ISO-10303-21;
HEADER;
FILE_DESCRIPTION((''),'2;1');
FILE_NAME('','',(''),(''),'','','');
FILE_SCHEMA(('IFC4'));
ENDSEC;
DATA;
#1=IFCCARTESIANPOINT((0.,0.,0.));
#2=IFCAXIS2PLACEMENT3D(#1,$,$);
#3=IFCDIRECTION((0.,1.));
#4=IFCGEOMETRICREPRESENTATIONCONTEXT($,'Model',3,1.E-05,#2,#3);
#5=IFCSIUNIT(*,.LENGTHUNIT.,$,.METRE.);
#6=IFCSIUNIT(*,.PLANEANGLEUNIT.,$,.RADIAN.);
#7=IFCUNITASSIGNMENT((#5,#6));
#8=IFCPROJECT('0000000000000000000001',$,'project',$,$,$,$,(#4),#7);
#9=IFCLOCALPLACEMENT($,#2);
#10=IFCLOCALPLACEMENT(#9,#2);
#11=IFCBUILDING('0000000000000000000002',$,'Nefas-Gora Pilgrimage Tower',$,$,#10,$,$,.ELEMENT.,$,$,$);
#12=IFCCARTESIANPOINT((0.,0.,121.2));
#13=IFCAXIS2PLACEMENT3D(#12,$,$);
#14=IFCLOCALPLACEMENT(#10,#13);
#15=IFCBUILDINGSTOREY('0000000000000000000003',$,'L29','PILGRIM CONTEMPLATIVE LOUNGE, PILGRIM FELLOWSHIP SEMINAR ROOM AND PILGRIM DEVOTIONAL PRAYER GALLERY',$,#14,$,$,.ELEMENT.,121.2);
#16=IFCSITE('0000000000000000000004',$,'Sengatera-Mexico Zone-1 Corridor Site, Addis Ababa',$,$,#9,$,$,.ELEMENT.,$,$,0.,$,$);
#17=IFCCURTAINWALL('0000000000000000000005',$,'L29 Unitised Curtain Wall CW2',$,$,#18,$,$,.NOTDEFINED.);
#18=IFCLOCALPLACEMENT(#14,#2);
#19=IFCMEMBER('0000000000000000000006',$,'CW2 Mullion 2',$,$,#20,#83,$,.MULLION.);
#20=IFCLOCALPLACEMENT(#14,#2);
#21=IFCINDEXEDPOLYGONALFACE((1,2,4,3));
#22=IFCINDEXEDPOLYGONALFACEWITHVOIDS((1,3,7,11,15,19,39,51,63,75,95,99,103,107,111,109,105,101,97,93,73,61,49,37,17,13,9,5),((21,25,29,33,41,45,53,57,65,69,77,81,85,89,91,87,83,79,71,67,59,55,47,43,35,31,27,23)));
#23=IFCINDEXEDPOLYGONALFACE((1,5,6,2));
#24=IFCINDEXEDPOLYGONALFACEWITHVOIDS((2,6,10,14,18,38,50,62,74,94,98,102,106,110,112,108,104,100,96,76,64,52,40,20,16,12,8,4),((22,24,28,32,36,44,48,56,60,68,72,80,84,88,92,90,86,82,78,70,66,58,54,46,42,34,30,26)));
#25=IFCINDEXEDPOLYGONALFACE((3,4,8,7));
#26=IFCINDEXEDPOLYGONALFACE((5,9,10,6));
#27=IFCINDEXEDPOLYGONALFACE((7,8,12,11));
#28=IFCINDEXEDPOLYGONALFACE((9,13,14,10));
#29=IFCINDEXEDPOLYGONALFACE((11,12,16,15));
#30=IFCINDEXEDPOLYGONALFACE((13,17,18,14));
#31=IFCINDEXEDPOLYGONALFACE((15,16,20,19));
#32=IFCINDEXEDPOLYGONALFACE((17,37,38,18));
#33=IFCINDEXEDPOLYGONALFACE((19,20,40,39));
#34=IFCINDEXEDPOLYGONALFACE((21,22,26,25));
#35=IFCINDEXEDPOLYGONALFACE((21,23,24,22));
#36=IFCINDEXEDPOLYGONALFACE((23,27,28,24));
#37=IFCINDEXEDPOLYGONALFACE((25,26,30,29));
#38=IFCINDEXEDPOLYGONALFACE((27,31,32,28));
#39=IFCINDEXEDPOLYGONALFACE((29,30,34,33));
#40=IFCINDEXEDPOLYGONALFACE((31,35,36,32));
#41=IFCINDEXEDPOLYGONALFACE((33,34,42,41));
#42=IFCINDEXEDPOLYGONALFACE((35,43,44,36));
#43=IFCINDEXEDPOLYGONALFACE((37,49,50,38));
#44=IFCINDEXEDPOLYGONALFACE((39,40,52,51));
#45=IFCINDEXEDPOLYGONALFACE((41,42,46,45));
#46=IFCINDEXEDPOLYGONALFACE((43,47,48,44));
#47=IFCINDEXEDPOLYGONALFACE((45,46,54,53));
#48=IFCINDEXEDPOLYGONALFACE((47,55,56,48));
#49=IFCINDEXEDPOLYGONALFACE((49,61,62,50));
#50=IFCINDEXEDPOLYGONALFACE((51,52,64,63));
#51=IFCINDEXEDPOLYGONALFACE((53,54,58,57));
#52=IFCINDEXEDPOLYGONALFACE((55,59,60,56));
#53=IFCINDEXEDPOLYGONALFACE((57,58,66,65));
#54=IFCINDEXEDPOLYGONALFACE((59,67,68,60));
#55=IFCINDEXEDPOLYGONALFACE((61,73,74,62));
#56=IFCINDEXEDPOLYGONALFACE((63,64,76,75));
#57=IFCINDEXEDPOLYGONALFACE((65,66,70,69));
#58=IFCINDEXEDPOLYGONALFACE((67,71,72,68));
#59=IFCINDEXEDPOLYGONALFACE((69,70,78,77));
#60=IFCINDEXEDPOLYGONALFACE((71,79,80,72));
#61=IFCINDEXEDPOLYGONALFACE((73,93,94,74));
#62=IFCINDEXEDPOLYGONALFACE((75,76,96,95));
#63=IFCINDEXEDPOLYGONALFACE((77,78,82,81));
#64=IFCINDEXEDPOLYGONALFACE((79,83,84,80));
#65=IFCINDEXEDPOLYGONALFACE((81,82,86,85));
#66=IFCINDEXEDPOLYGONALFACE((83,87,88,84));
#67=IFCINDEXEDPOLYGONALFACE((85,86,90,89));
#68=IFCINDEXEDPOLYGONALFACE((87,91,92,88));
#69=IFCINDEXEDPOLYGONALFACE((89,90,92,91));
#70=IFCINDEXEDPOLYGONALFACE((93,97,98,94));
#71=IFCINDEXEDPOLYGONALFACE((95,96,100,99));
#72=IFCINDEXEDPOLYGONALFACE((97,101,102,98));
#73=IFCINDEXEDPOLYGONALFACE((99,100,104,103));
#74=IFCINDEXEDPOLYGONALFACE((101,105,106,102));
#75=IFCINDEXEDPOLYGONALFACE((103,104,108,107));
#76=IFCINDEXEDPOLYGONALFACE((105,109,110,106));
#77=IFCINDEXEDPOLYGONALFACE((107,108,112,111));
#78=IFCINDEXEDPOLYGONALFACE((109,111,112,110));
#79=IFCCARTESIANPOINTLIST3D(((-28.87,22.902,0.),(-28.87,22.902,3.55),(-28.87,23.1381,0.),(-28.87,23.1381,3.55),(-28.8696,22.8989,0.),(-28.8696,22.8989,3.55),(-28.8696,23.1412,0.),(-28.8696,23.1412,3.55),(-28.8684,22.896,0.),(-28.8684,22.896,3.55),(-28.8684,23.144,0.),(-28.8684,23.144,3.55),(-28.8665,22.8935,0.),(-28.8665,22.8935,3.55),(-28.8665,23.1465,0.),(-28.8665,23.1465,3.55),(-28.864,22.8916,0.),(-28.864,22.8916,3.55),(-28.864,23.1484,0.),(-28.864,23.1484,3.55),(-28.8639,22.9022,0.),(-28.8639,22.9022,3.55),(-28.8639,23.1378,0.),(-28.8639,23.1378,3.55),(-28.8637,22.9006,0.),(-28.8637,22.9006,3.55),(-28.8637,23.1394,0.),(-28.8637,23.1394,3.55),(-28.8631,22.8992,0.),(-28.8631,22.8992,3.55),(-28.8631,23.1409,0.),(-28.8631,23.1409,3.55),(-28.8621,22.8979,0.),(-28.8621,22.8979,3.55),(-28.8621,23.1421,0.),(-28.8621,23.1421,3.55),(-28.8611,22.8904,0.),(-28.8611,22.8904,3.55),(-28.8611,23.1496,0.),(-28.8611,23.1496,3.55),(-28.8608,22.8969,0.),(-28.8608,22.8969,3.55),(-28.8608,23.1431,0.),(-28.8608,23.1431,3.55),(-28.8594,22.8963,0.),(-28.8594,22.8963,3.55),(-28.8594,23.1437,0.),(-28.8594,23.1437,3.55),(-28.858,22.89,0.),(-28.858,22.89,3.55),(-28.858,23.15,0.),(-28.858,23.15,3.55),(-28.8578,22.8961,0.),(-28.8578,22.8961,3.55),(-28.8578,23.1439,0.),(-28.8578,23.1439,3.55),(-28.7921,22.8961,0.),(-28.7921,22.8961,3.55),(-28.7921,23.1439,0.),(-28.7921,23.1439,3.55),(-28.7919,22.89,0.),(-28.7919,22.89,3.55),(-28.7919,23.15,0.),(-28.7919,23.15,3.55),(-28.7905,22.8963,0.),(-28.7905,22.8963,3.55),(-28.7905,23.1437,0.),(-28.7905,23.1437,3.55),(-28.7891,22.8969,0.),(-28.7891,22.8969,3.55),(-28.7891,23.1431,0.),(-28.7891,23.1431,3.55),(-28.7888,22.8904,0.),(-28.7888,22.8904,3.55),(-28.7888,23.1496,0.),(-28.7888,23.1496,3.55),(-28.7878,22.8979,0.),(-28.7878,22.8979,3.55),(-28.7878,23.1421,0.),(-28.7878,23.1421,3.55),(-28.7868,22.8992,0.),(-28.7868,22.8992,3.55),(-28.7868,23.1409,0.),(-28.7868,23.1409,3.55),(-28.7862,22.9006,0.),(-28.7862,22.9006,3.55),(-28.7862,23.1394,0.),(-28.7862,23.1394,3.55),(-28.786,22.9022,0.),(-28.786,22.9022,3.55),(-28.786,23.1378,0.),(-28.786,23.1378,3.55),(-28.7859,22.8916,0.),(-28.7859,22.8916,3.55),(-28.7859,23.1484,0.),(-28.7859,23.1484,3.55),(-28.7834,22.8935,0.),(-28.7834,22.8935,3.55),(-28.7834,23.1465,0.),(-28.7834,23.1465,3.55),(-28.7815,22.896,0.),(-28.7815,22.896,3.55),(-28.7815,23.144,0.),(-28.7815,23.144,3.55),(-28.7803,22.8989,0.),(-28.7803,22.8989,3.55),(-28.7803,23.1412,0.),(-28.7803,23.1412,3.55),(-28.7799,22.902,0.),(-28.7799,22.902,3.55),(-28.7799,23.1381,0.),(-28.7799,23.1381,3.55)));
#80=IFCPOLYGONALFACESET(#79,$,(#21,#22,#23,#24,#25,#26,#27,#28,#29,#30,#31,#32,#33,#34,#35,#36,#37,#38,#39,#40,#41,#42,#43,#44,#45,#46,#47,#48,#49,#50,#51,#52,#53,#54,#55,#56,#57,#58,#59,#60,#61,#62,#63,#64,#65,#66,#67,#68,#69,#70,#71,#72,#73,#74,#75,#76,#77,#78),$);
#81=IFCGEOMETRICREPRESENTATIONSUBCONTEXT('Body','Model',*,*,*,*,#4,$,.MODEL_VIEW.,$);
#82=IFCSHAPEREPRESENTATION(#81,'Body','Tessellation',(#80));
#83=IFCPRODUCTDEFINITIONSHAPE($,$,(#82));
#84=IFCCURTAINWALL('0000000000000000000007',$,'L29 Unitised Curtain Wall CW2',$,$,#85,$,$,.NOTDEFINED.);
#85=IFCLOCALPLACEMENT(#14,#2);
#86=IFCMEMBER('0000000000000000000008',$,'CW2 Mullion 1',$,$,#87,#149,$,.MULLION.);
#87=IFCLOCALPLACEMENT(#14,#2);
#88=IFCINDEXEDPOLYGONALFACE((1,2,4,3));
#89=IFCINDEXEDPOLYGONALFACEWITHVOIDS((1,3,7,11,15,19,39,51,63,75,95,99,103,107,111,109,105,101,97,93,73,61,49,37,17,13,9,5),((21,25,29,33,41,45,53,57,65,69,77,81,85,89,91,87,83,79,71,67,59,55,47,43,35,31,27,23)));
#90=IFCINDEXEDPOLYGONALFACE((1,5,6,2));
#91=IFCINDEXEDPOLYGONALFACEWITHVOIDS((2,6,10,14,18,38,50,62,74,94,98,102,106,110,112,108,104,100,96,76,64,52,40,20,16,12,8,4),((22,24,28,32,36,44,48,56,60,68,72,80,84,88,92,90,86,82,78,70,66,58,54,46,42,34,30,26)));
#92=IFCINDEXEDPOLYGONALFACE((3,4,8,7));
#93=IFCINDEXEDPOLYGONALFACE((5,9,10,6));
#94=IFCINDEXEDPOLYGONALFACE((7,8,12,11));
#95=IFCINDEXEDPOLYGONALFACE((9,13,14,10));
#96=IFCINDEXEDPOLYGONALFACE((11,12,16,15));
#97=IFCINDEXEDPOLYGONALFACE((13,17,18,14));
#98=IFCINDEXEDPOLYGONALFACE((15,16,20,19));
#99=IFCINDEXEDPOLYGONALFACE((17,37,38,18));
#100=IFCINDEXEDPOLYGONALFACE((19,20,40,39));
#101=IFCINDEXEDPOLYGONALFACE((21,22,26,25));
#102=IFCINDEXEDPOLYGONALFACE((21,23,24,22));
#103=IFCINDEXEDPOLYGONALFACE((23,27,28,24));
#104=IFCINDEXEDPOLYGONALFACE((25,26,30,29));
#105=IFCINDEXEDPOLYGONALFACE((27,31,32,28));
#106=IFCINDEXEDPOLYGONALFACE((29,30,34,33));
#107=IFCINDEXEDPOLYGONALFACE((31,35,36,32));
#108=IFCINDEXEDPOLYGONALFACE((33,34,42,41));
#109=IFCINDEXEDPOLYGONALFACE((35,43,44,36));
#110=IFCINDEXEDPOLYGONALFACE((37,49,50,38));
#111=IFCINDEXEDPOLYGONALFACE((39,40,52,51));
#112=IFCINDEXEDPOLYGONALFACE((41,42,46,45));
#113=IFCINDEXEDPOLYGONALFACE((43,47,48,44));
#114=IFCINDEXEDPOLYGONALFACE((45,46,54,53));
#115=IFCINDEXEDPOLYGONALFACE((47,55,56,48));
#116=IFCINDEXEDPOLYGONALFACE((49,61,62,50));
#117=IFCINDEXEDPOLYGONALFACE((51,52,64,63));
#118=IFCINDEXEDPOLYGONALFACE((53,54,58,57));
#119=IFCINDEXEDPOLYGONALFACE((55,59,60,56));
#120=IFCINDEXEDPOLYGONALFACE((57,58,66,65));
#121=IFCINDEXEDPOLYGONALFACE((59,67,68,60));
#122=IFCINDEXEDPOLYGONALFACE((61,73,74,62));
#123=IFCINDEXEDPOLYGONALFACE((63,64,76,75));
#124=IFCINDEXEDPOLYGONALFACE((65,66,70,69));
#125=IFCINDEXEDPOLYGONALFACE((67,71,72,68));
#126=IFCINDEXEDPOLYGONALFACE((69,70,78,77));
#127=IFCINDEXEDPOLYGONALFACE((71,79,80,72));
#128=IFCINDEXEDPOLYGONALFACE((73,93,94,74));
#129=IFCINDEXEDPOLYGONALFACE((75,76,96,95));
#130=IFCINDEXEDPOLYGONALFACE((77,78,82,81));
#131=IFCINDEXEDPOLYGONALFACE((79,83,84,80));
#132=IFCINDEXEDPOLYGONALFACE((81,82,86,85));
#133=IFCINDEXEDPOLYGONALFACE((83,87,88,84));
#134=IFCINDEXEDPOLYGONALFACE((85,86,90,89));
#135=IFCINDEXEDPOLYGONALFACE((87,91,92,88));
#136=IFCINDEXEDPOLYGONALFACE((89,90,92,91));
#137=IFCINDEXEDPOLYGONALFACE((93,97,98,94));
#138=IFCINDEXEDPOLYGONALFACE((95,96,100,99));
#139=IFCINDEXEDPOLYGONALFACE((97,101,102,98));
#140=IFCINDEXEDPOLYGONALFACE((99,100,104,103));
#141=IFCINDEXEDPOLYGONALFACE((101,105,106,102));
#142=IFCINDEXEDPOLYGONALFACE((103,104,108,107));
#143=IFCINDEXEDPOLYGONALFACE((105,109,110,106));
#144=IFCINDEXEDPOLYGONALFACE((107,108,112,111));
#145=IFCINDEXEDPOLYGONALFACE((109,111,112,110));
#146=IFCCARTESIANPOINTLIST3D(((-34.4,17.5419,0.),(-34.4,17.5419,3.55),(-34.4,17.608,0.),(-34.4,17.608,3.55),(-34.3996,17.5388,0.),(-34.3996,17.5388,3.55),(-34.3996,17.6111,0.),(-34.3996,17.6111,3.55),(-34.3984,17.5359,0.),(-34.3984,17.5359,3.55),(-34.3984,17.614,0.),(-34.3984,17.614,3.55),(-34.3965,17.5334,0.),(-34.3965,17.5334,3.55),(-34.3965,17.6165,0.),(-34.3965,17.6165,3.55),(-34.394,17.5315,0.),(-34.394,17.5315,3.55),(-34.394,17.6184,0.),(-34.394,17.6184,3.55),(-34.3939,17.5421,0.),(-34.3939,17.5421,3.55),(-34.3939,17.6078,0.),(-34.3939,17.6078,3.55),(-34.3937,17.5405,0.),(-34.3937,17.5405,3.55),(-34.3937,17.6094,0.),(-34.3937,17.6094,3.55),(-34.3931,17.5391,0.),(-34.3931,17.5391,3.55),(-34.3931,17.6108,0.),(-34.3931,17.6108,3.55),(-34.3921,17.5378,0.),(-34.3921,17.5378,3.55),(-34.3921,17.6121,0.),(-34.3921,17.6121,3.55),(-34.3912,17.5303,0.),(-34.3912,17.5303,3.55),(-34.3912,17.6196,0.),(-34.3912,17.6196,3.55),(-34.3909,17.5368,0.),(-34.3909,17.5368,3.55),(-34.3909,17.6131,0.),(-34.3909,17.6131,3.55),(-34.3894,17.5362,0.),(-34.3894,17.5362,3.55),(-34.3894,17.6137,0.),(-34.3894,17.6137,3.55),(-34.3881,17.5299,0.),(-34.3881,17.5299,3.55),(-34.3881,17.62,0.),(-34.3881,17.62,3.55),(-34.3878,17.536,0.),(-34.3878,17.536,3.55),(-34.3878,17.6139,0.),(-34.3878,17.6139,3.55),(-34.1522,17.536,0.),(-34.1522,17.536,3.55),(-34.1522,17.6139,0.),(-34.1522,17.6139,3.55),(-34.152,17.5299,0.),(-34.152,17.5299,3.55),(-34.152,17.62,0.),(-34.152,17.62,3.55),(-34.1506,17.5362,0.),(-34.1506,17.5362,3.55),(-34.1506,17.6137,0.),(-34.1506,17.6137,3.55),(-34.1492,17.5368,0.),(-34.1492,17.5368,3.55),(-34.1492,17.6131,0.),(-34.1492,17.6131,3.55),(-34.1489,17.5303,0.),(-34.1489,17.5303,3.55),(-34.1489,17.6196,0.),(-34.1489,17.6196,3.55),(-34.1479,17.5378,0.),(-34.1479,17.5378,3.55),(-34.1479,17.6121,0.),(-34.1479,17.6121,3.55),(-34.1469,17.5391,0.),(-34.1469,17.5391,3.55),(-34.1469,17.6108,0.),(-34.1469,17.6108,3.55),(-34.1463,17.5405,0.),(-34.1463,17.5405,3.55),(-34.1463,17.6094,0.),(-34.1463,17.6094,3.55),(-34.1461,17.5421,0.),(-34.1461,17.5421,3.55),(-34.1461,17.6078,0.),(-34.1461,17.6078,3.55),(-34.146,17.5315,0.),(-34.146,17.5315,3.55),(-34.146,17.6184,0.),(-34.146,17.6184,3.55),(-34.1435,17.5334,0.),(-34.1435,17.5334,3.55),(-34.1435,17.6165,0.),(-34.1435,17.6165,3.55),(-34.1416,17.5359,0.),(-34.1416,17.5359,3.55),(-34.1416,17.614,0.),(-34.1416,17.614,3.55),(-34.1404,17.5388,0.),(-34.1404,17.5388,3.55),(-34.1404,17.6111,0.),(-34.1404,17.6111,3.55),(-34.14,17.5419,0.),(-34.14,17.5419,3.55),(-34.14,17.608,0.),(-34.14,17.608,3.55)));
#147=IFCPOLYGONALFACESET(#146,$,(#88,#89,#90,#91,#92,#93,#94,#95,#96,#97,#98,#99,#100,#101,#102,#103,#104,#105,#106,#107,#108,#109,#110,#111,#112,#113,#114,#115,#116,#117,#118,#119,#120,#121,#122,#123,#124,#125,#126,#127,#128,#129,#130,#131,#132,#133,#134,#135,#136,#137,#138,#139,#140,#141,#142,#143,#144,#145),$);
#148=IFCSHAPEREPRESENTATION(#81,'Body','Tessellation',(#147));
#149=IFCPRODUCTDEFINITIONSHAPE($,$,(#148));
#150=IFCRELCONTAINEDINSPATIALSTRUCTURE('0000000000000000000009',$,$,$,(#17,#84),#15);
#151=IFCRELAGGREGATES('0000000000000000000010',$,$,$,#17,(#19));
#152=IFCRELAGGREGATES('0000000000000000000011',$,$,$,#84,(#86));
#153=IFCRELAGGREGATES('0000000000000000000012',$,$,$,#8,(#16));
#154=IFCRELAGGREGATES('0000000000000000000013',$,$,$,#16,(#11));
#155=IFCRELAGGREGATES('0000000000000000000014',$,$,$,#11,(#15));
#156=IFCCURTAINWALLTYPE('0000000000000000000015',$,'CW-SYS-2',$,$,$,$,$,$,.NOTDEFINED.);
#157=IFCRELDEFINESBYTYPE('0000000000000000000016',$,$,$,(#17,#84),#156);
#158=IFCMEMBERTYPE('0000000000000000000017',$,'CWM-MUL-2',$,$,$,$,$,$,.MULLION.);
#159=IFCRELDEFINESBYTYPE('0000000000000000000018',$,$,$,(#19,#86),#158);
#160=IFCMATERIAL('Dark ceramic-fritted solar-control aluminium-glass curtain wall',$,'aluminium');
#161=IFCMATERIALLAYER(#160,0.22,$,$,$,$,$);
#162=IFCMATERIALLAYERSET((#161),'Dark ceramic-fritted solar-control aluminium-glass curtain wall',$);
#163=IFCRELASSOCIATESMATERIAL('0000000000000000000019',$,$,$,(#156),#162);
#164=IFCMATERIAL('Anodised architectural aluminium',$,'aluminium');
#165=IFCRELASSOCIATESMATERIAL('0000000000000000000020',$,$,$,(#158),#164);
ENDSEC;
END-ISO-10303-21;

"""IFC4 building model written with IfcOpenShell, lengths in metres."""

from ifc_helpers import new_model, si_unit, direction, frame, origin, origin_2d, place, context, subcontext, project, spatial, hollow_rectangle, extrude, source, transform, mapped, material, layer, layer_set, material_profile, profile_set, type_object, element, aggregate, save


model = new_model("IFC4")

# Units and contexts
model_context = context("Model", 3, precision=1e-05, world=origin(), true_north=direction((0.0, 1.0)))
body_context = subcontext(model_context, "Body", "Model", "MODEL_VIEW")
ifc_project = project(units=[si_unit("LENGTHUNIT", "METRE"), si_unit("PLANEANGLEUNIT", "RADIAN")], contexts=[model_context])

# Site, building, storey
site_placement = place(None, origin())
site = spatial("IfcSite", under=ifc_project, at=site_placement, Name="Sengatera-Mexico Zone-1 Corridor Site, Addis Ababa", CompositionType="ELEMENT", RefElevation=0.0)
building_placement = place(site_placement, origin())
building = spatial("IfcBuilding", under=site, at=building_placement, Name="Nefas-Gora Pilgrimage Tower", CompositionType="ELEMENT")
storey_placement = place(building_placement, frame((0.0, 0.0, 121.2)))
storey = spatial("IfcBuildingStorey", under=building, at=storey_placement, Name="L29", Description="PILGRIM CONTEMPLATIVE LOUNGE, PILGRIM FELLOWSHIP SEMINAR ROOM AND PILGRIM DEVOTIONAL PRAYER GALLERY", CompositionType="ELEMENT", Elevation=121.2)

# Curtain wall, member
ifc_material_1 = material(Name="Dark ceramic-fritted solar-control aluminium-glass curtain wall", Category="aluminium")
ifc_layer_1 = layer(ifc_material_1, 0.22)
ifc_layer_set_1 = layer_set([ifc_layer_1], Name="Dark ceramic-fritted solar-control aluminium-glass curtain wall")
curtain_wall_type = type_object("IfcCurtainWallType", Name="CW-SYS-2", PredefinedType="NOTDEFINED", material=ifc_layer_set_1)
curtain_wall_1_placement = place(storey_placement, origin())
curtain_wall_1 = element("IfcCurtainWall", 1, at=curtain_wall_1_placement, inside=storey, type_object=curtain_wall_type, Name="L29 Unitised Curtain Wall CW2", PredefinedType="NOTDEFINED")
ifc_material_2 = material(Name="Anodised architectural aluminium", Category="aluminium")
ifc_material_profile_1 = material_profile(ifc_material_2, hollow_rectangle(XDim=0.0901, YDim=0.26, WallThickness=0.0061, InnerFilletRadius=0.0061, OuterFilletRadius=0.012, at=origin_2d()), Name="ALU MULLION 90x260")
ifc_profile_set_1 = profile_set([ifc_material_profile_1], Name="Anodised architectural aluminium")
member_type_1 = type_object("IfcMemberType", Name="CWM-MUL-2", PredefinedType="MULLION", material=ifc_profile_set_1)
shared_shape_1 = source(origin(), body_context, "Body", "SweptSolid", [
    extrude(hollow_rectangle(XDim=0.0901, YDim=0.26, WallThickness=0.0061, InnerFilletRadius=0.0061, OuterFilletRadius=0.012, at=origin_2d()), origin(), (0.0, 0.0, 1.0), 3.55),
])
member_1_placement = place(storey_placement, frame((-28.825, 23.02, 0.0), z_axis=(0.0, 0.0, 1.0), x_axis=(-1.0, 0.0, 0.0)))
member_1 = element("IfcMember", 2, at=member_1_placement, type_object=member_type_1, Name="CW2 Mullion 2", PredefinedType="MULLION", context=body_context, shape_type="MappedRepresentation", body=[
    mapped(shared_shape_1, transform((0.0, 0.0, 0.0), x_axis=(1.0, 0.0, 0.0), y_axis=(0.0, 1.0, 0.0), z_axis=(0.0, 0.0, 1.0), scale=1.0)),
])
aggregate(curtain_wall_1, [member_1])

# Curtain wall, member
curtain_wall_2_placement = place(storey_placement, origin())
curtain_wall_2 = element("IfcCurtainWall", 3, at=curtain_wall_2_placement, inside=storey, type_object=curtain_wall_type, Name="L29 Unitised Curtain Wall CW2", PredefinedType="NOTDEFINED")
member_2_placement = place(storey_placement, frame((-34.27, 17.575, 0.0), z_axis=(0.0, 0.0, 1.0), x_axis=(0.0, -1.0, 0.0)))
member_2 = element("IfcMember", 4, at=member_2_placement, type_object=member_type_1, Name="CW2 Mullion 1", PredefinedType="MULLION", context=body_context, shape_type="MappedRepresentation", body=[
    mapped(shared_shape_1, transform((0.0, 0.0, 0.0), x_axis=(1.0, 0.0, 0.0), y_axis=(0.0, 1.0, 0.0), z_axis=(0.0, 0.0, 1.0), scale=1.0)),
])
aggregate(curtain_wall_2, [member_2])

save(model, "model.ifc")
